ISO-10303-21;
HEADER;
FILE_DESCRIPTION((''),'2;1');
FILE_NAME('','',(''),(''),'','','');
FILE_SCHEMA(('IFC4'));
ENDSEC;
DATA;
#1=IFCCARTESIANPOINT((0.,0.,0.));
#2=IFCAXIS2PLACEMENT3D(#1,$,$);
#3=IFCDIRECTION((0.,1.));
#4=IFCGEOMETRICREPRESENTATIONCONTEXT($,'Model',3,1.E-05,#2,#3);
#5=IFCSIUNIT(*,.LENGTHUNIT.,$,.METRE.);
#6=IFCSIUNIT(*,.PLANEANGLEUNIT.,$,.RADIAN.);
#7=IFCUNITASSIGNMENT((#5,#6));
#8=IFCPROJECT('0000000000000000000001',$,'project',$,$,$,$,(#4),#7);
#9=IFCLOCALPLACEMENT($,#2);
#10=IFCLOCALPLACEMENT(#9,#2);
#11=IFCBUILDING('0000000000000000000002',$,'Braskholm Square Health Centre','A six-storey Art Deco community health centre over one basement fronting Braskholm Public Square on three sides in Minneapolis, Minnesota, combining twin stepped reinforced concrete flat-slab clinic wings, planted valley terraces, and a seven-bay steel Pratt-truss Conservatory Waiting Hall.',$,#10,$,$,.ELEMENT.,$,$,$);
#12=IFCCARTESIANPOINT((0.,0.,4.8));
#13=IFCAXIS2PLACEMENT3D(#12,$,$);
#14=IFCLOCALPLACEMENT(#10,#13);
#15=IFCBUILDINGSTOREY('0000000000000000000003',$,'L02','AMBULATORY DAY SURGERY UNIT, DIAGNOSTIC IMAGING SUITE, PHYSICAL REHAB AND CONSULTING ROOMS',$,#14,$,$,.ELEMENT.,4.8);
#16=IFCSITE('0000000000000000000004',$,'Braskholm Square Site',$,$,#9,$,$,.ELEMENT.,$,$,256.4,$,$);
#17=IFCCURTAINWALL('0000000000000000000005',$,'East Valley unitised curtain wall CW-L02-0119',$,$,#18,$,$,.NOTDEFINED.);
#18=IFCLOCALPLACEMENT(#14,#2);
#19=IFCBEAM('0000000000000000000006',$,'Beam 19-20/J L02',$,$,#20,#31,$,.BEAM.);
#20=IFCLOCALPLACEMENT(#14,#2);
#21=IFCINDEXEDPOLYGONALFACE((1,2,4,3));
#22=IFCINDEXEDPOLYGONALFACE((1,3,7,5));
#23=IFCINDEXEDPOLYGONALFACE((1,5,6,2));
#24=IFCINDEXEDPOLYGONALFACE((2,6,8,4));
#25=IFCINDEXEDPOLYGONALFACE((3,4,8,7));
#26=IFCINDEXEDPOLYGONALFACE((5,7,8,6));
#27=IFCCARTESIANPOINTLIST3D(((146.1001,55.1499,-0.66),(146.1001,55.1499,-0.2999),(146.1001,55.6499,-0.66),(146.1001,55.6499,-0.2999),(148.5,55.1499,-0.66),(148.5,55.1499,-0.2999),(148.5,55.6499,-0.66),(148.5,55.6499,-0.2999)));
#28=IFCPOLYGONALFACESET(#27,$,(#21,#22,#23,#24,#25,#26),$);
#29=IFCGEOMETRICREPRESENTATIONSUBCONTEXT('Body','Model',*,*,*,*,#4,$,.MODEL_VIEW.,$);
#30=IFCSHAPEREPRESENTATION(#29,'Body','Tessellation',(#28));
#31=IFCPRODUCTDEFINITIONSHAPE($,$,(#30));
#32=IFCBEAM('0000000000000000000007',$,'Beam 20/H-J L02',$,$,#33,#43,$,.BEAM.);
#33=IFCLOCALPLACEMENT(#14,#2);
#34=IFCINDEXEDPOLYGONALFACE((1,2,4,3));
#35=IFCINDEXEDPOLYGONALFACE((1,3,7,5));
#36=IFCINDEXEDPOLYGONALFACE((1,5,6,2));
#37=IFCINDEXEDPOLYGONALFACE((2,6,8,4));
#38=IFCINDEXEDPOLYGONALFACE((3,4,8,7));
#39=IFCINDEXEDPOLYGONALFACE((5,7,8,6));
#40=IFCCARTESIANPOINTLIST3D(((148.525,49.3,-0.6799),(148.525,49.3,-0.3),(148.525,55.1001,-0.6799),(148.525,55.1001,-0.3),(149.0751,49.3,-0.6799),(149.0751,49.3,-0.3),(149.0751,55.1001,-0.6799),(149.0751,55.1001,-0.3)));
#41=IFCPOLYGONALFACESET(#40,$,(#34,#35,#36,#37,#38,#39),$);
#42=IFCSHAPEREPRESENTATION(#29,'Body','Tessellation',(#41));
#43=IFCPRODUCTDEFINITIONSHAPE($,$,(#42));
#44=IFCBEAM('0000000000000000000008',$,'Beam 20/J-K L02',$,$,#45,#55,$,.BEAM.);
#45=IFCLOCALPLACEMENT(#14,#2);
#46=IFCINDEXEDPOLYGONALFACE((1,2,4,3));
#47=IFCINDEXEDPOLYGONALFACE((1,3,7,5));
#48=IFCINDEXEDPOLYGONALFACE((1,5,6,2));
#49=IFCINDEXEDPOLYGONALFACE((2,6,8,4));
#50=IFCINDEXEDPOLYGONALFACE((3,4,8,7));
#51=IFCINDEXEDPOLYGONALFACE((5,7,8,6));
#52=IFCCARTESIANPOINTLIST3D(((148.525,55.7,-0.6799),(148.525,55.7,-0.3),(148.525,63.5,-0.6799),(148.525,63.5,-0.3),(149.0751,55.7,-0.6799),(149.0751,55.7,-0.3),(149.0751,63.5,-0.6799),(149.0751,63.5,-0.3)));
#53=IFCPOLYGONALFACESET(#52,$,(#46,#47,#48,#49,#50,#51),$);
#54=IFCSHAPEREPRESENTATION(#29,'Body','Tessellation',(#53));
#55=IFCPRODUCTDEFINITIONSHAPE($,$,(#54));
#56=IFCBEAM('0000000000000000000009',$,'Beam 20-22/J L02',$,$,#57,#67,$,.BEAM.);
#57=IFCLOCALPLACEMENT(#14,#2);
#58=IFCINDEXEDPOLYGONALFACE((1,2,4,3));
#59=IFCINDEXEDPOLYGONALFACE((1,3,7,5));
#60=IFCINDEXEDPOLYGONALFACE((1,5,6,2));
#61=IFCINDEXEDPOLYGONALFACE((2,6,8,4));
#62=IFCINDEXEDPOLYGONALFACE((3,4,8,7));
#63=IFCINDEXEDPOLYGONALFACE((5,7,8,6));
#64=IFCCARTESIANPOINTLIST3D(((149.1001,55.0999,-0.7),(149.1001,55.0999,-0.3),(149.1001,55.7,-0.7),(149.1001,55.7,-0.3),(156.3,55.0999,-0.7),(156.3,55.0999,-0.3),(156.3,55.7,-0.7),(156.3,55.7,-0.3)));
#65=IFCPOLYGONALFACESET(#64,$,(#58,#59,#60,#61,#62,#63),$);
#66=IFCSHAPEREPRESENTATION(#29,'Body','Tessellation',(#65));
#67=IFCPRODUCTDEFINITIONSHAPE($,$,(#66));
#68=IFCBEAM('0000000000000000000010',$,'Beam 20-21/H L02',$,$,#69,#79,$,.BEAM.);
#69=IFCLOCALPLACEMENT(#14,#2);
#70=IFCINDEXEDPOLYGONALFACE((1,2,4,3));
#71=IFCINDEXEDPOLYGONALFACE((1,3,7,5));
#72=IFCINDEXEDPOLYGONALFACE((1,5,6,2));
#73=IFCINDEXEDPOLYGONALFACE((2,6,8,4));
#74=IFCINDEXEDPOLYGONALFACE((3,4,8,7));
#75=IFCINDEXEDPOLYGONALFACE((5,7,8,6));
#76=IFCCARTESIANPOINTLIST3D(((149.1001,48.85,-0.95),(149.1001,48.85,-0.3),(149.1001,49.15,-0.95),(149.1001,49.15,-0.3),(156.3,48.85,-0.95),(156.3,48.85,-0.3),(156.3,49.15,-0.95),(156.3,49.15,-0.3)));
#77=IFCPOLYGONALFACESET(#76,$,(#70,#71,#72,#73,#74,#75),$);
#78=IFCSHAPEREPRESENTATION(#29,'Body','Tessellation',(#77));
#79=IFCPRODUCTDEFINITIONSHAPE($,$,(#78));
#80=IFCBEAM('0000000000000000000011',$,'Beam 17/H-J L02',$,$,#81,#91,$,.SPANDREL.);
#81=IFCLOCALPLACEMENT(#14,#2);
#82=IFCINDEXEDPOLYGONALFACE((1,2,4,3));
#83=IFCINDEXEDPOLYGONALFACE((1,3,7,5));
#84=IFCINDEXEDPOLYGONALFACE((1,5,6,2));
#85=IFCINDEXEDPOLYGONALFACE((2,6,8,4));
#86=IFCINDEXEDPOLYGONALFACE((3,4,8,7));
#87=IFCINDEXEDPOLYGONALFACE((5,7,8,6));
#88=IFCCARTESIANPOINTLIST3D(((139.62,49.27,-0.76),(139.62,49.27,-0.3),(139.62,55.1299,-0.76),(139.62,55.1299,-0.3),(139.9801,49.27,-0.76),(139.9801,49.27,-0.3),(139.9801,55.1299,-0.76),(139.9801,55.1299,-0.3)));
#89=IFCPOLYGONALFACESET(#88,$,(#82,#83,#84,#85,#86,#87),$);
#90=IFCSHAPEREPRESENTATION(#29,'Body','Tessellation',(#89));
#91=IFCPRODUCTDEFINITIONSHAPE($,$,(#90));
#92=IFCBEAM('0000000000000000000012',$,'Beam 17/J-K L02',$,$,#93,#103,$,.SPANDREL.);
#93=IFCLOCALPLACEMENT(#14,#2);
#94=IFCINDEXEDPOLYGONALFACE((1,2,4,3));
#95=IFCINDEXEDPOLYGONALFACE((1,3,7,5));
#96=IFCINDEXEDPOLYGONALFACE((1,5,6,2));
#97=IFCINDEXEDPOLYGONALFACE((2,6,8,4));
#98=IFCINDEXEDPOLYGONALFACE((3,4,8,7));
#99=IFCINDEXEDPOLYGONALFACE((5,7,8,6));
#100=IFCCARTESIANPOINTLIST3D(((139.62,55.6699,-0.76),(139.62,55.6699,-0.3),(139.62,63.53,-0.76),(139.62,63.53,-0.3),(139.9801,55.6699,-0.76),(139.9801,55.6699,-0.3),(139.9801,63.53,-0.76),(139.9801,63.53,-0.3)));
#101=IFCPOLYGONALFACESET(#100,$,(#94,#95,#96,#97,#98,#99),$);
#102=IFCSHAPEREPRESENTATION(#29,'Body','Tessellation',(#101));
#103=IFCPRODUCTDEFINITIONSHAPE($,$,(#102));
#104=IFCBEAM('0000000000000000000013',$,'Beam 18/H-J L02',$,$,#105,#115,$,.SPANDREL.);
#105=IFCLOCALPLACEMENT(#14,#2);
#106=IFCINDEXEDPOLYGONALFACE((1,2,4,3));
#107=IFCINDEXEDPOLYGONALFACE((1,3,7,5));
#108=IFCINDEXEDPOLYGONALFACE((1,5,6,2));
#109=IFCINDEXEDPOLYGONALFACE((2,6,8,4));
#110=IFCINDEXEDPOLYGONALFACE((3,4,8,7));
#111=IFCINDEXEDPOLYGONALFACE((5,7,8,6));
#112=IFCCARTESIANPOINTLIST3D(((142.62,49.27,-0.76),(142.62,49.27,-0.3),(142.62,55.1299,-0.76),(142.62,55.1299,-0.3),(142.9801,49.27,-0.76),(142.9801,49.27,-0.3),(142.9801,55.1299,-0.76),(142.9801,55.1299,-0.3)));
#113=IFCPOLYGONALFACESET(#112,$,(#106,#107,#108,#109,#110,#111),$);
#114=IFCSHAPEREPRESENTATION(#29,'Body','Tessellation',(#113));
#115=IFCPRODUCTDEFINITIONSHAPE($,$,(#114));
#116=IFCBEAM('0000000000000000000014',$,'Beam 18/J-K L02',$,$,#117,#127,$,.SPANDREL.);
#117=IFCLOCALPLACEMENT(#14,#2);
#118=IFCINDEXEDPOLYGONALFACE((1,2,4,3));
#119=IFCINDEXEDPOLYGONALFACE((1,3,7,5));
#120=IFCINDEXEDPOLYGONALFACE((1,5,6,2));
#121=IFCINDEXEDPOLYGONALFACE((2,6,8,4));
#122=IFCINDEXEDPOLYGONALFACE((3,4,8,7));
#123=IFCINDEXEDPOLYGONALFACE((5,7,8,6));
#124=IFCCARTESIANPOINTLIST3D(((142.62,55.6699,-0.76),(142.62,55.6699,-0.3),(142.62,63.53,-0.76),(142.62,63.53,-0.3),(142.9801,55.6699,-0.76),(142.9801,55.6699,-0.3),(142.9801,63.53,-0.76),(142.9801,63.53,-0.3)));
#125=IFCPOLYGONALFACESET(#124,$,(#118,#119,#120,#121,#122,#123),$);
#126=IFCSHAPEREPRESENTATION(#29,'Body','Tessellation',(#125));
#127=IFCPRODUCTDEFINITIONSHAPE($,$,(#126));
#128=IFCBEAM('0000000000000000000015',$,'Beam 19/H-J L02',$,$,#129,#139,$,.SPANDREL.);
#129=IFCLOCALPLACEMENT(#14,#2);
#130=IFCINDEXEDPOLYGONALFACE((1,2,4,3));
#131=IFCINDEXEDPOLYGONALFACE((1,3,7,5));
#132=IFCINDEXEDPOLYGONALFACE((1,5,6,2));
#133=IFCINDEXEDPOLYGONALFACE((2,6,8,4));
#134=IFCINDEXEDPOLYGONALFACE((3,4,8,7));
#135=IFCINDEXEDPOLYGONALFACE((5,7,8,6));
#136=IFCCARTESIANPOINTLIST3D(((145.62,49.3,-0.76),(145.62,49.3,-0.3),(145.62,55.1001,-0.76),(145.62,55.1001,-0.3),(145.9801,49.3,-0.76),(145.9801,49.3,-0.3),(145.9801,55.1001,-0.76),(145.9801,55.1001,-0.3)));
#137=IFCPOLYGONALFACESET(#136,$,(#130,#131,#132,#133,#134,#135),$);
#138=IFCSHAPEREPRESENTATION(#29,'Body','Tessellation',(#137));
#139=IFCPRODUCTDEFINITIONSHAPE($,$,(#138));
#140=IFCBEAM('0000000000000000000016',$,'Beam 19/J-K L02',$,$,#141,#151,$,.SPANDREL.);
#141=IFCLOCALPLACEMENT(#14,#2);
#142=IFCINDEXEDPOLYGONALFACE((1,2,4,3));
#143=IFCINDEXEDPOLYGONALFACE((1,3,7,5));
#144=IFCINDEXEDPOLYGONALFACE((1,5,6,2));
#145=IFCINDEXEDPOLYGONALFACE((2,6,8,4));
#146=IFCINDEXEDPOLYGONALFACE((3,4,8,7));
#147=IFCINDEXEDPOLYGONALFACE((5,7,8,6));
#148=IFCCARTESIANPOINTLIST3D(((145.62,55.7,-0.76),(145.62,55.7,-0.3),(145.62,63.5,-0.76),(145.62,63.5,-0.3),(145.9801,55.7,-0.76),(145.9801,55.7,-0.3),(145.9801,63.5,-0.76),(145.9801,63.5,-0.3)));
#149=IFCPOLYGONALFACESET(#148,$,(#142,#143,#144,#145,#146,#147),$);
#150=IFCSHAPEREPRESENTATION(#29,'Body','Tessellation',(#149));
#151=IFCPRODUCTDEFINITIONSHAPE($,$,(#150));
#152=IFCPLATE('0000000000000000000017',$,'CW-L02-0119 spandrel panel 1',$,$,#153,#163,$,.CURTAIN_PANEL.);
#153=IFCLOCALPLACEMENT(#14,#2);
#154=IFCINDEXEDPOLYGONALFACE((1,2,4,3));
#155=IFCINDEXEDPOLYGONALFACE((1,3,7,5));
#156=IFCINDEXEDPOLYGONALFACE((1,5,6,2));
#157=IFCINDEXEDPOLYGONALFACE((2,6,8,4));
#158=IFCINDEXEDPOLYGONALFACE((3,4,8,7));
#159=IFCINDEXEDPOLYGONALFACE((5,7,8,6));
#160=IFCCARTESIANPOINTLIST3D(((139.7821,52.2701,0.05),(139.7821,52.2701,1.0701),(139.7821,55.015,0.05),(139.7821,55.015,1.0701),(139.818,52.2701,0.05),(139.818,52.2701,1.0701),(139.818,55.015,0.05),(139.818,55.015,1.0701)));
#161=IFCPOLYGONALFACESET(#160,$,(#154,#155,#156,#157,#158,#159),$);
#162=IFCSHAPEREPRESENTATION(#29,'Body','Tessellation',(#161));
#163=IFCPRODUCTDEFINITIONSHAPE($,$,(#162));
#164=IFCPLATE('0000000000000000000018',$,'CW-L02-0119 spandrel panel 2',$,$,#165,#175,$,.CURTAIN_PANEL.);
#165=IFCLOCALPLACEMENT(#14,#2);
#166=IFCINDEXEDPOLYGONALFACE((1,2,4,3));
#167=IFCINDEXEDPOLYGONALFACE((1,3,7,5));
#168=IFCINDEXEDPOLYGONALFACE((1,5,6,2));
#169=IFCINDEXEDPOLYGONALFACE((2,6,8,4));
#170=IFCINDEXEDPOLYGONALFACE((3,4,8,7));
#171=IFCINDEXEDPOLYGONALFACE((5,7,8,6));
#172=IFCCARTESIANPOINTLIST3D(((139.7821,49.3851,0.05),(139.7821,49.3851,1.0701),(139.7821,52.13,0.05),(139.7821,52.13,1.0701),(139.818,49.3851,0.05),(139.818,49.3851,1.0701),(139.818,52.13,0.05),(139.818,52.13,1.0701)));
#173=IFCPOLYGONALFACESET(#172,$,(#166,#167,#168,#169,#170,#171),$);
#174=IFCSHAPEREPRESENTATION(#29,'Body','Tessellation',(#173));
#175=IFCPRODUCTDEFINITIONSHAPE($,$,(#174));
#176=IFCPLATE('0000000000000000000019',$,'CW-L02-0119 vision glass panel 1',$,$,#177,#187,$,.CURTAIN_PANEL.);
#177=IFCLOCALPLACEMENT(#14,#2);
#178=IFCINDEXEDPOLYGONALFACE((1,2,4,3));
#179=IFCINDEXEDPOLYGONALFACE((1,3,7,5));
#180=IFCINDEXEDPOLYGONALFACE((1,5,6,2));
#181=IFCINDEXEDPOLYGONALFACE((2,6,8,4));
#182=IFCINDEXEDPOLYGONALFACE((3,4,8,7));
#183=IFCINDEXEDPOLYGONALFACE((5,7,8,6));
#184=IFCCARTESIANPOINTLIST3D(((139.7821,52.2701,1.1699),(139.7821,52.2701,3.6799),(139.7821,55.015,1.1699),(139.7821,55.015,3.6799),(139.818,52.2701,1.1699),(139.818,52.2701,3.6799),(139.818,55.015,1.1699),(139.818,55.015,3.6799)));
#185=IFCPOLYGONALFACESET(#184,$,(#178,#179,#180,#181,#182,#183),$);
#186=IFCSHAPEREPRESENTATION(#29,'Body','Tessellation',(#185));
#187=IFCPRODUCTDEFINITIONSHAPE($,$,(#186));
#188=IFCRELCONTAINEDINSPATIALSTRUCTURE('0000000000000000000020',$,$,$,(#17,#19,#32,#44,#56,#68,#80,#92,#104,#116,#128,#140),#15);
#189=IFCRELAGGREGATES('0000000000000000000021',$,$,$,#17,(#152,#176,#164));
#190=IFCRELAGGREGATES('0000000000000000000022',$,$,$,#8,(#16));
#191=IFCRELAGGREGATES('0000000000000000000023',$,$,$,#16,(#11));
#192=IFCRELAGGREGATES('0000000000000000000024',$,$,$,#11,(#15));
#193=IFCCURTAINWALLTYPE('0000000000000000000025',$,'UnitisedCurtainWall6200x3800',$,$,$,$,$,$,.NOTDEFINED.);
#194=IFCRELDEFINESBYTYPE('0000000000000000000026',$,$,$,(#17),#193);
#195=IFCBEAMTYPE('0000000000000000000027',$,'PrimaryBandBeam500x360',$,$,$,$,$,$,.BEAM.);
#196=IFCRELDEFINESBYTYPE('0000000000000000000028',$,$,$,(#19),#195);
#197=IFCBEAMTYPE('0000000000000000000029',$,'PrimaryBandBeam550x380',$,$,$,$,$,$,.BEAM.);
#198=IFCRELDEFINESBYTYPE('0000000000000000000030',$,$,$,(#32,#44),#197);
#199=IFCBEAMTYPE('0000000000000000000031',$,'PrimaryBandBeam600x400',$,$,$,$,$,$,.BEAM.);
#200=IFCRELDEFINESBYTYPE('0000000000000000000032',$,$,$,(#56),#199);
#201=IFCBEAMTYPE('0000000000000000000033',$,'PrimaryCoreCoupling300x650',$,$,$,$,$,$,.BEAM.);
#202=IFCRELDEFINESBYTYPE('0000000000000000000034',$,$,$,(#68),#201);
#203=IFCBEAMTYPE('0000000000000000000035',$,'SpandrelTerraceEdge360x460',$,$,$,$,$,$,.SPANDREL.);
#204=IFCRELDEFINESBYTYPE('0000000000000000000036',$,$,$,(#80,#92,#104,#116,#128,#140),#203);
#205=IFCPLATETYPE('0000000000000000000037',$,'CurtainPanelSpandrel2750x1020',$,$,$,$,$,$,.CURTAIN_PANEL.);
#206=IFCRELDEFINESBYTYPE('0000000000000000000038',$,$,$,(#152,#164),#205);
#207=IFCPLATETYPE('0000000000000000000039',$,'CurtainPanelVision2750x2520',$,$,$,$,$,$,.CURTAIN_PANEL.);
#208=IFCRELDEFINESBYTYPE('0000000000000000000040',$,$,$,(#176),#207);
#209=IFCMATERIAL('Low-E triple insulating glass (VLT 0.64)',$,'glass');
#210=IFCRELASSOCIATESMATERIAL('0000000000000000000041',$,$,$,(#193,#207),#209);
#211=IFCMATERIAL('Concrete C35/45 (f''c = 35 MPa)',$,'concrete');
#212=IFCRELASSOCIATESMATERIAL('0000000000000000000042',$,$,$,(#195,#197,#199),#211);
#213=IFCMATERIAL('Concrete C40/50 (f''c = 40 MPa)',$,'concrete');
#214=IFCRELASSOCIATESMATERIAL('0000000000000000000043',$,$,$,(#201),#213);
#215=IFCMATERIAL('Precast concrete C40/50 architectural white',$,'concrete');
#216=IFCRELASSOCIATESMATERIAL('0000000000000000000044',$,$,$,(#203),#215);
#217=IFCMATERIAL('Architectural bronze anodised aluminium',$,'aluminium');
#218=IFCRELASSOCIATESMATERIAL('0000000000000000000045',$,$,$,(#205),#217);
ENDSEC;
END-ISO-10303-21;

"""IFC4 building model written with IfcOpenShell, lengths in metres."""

from ifc_helpers import new_model, si_unit, direction, frame, origin, origin_2d, place, context, subcontext, project, spatial, rectangle, extrude, material, material_profile, profile_set, type_object, element, aggregate, save


model = new_model("IFC4")

# Units and contexts
model_context = context("Model", 3, precision=1e-05, world=origin(), true_north=direction((0.0, 1.0)))
body_context = subcontext(model_context, "Body", "Model", "MODEL_VIEW")
ifc_project = project(units=[si_unit("LENGTHUNIT", "METRE"), si_unit("PLANEANGLEUNIT", "RADIAN")], contexts=[model_context])

# Site, building, storey
site_placement = place(None, origin())
site = spatial("IfcSite", under=ifc_project, at=site_placement, Name="Braskholm Square Site", CompositionType="ELEMENT", RefElevation=256.4)
building_placement = place(site_placement, origin())
building = spatial("IfcBuilding", under=site, at=building_placement, Name="Braskholm Square Health Centre", Description="A six-storey Art Deco community health centre over one basement fronting Braskholm Public Square on three sides in Minneapolis, Minnesota, combining twin stepped reinforced concrete flat-slab clinic wings, planted valley terraces, and a seven-bay steel Pratt-truss Conservatory Waiting Hall.", CompositionType="ELEMENT")
storey_placement = place(building_placement, frame((0.0, 0.0, 4.8)))
storey = spatial("IfcBuildingStorey", under=building, at=storey_placement, Name="L02", Description="AMBULATORY DAY SURGERY UNIT, DIAGNOSTIC IMAGING SUITE, PHYSICAL REHAB AND CONSULTING ROOMS", CompositionType="ELEMENT", Elevation=4.8)

# Shared definitions
ifc_material_1 = material(Name="Concrete C40/50 (f'c = 40 MPa)", Category="concrete")
ifc_material_2 = material(Name="Precast concrete C40/50 architectural white", Category="concrete")

# Curtain wall
ifc_material_3 = material(Name="Low-E triple insulating glass (VLT 0.64)", Category="glass")
curtain_wall_type = type_object("IfcCurtainWallType", Name="UnitisedCurtainWall6200x3800", PredefinedType="NOTDEFINED", material=ifc_material_3)
curtain_wall_placement = place(storey_placement, origin())
curtain_wall = element("IfcCurtainWall", 1, at=curtain_wall_placement, inside=storey, type_object=curtain_wall_type, Name="East Valley unitised curtain wall CW-L02-0119", PredefinedType="NOTDEFINED")
ifc_material_4 = material(Name="Architectural bronze anodised aluminium", Category="aluminium")

# Beams
ifc_material_5 = material(Name="Concrete C35/45 (f'c = 35 MPa)", Category="concrete")
ifc_material_profile_1 = material_profile(ifc_material_5, rectangle(XDim=0.5, YDim=0.3601, at=origin_2d()), Name="RCB-500X360")
ifc_profile_set_1 = profile_set([ifc_material_profile_1], Name="Concrete C35/45 (f'c = 35 MPa)")
beam_type_1 = type_object("IfcBeamType", Name="PrimaryBandBeam500x360", PredefinedType="BEAM", material=ifc_profile_set_1)
beam_1_placement = place(storey_placement, frame((146.1001, 55.3999, -0.48), z_axis=(1.0, 0.0, 0.0), x_axis=(0.0, 1.0, 0.0)))
element("IfcBeam", 2, at=beam_1_placement, inside=storey, type_object=beam_type_1, Name="Beam 19-20/J L02", PredefinedType="BEAM", context=body_context, shape_type="SweptSolid", body=[
    extrude(rectangle(XDim=0.5, YDim=0.3601, at=origin_2d()), origin(), (0.0, 0.0, 1.0), 2.3999),
])
ifc_material_profile_2 = material_profile(ifc_material_5, rectangle(XDim=0.55, YDim=0.3799, at=origin_2d()), Name="RCB-550X380")
ifc_profile_set_2 = profile_set([ifc_material_profile_2], Name="Concrete C35/45 (f'c = 35 MPa)")
beam_type_2 = type_object("IfcBeamType", Name="PrimaryBandBeam550x380", PredefinedType="BEAM", material=ifc_profile_set_2)
beam_2_placement = place(storey_placement, frame((148.8, 49.3, -0.49), z_axis=(0.0, 1.0, 0.0), x_axis=(-1.0, 0.0, 0.0)))
element("IfcBeam", 3, at=beam_2_placement, inside=storey, type_object=beam_type_2, Name="Beam 20/H-J L02", PredefinedType="BEAM", context=body_context, shape_type="SweptSolid", body=[
    extrude(rectangle(XDim=0.55, YDim=0.3799, at=origin_2d()), origin(), (0.0, 0.0, 1.0), 5.8),
])
beam_3_placement = place(storey_placement, frame((148.8, 55.7, -0.49), z_axis=(0.0, 1.0, 0.0), x_axis=(-1.0, 0.0, 0.0)))
element("IfcBeam", 4, at=beam_3_placement, inside=storey, type_object=beam_type_2, Name="Beam 20/J-K L02", PredefinedType="BEAM", context=body_context, shape_type="SweptSolid", body=[
    extrude(rectangle(XDim=0.55, YDim=0.3799, at=origin_2d()), origin(), (0.0, 0.0, 1.0), 7.8),
])
ifc_material_profile_3 = material_profile(ifc_material_5, rectangle(XDim=0.6001, YDim=0.3999, at=origin_2d()), Name="RCB-600X400")
ifc_profile_set_3 = profile_set([ifc_material_profile_3], Name="Concrete C35/45 (f'c = 35 MPa)")
beam_type_3 = type_object("IfcBeamType", Name="PrimaryBandBeam600x400", PredefinedType="BEAM", material=ifc_profile_set_3)
beam_4_placement = place(storey_placement, frame((149.1001, 55.3999, -0.5), z_axis=(1.0, 0.0, 0.0), x_axis=(0.0, 1.0, 0.0)))
element("IfcBeam", 5, at=beam_4_placement, inside=storey, type_object=beam_type_3, Name="Beam 20-22/J L02", PredefinedType="BEAM", context=body_context, shape_type="SweptSolid", body=[
    extrude(rectangle(XDim=0.6001, YDim=0.3999, at=origin_2d()), origin(), (0.0, 0.0, 1.0), 7.2),
])
ifc_material_profile_4 = material_profile(ifc_material_1, rectangle(XDim=0.3, YDim=0.6499, at=origin_2d()), Name="RCB-300X650")
ifc_profile_set_4 = profile_set([ifc_material_profile_4], Name="Concrete C40/50 (f'c = 40 MPa)")
beam_type_4 = type_object("IfcBeamType", Name="PrimaryCoreCoupling300x650", PredefinedType="BEAM", material=ifc_profile_set_4)
beam_5_placement = place(storey_placement, frame((149.1001, 49.0, -0.625), z_axis=(1.0, 0.0, 0.0), x_axis=(0.0, 1.0, 0.0)))
element("IfcBeam", 6, at=beam_5_placement, inside=storey, type_object=beam_type_4, Name="Beam 20-21/H L02", PredefinedType="BEAM", context=body_context, shape_type="SweptSolid", body=[
    extrude(rectangle(XDim=0.3, YDim=0.6499, at=origin_2d()), origin(), (0.0, 0.0, 1.0), 7.2),
])
ifc_material_profile_5 = material_profile(ifc_material_2, rectangle(XDim=0.3601, YDim=0.46, at=origin_2d()), Name="RCB-360X460")
ifc_profile_set_5 = profile_set([ifc_material_profile_5], Name="Precast concrete C40/50 architectural white")
beam_type_5 = type_object("IfcBeamType", Name="SpandrelTerraceEdge360x460", PredefinedType="SPANDREL", material=ifc_profile_set_5)
beam_6_placement = place(storey_placement, frame((139.8, 49.27, -0.53), z_axis=(0.0, 1.0, 0.0), x_axis=(-1.0, 0.0, 0.0)))
element("IfcBeam", 7, at=beam_6_placement, inside=storey, type_object=beam_type_5, Name="Beam 17/H-J L02", PredefinedType="SPANDREL", context=body_context, shape_type="SweptSolid", body=[
    extrude(rectangle(XDim=0.3601, YDim=0.46, at=origin_2d()), origin(), (0.0, 0.0, 1.0), 5.8599),
])
beam_7_placement = place(storey_placement, frame((139.8, 55.6699, -0.53), z_axis=(0.0, 1.0, 0.0), x_axis=(-1.0, 0.0, 0.0)))
element("IfcBeam", 8, at=beam_7_placement, inside=storey, type_object=beam_type_5, Name="Beam 17/J-K L02", PredefinedType="SPANDREL", context=body_context, shape_type="SweptSolid", body=[
    extrude(rectangle(XDim=0.3601, YDim=0.46, at=origin_2d()), origin(), (0.0, 0.0, 1.0), 7.8601),
])
beam_8_placement = place(storey_placement, frame((142.8, 49.27, -0.53), z_axis=(0.0, 1.0, 0.0), x_axis=(-1.0, 0.0, 0.0)))
element("IfcBeam", 9, at=beam_8_placement, inside=storey, type_object=beam_type_5, Name="Beam 18/H-J L02", PredefinedType="SPANDREL", context=body_context, shape_type="SweptSolid", body=[
    extrude(rectangle(XDim=0.3601, YDim=0.46, at=origin_2d()), origin(), (0.0, 0.0, 1.0), 5.8599),
])
beam_9_placement = place(storey_placement, frame((142.8, 55.6699, -0.53), z_axis=(0.0, 1.0, 0.0), x_axis=(-1.0, 0.0, 0.0)))
element("IfcBeam", 10, at=beam_9_placement, inside=storey, type_object=beam_type_5, Name="Beam 18/J-K L02", PredefinedType="SPANDREL", context=body_context, shape_type="SweptSolid", body=[
    extrude(rectangle(XDim=0.3601, YDim=0.46, at=origin_2d()), origin(), (0.0, 0.0, 1.0), 7.8601),
])
beam_10_placement = place(storey_placement, frame((145.8, 49.3, -0.53), z_axis=(0.0, 1.0, 0.0), x_axis=(-1.0, 0.0, 0.0)))
element("IfcBeam", 11, at=beam_10_placement, inside=storey, type_object=beam_type_5, Name="Beam 19/H-J L02", PredefinedType="SPANDREL", context=body_context, shape_type="SweptSolid", body=[
    extrude(rectangle(XDim=0.3601, YDim=0.46, at=origin_2d()), origin(), (0.0, 0.0, 1.0), 5.8),
])
beam_11_placement = place(storey_placement, frame((145.8, 55.7, -0.53), z_axis=(0.0, 1.0, 0.0), x_axis=(-1.0, 0.0, 0.0)))
element("IfcBeam", 12, at=beam_11_placement, inside=storey, type_object=beam_type_5, Name="Beam 19/J-K L02", PredefinedType="SPANDREL", context=body_context, shape_type="SweptSolid", body=[
    extrude(rectangle(XDim=0.3601, YDim=0.46, at=origin_2d()), origin(), (0.0, 0.0, 1.0), 7.8),
])

# Plates
plate_type_1 = type_object("IfcPlateType", Name="CurtainPanelSpandrel2750x1020", PredefinedType="CURTAIN_PANEL", material=ifc_material_4)
plate_1_placement = place(storey_placement, frame((139.8, 53.6426, 0.05), z_axis=(0.0, 0.0, 1.0), x_axis=(0.0, -1.0, 0.0)))
plate_1 = element("IfcPlate", 13, at=plate_1_placement, type_object=plate_type_1, Name="CW-L02-0119 spandrel panel 1", PredefinedType="CURTAIN_PANEL", context=body_context, shape_type="SweptSolid", body=[
    extrude(rectangle(XDim=2.7449, YDim=0.0359, at=origin_2d()), origin(), (0.0, 0.0, 1.0), 1.02),
])
plate_2_placement = place(storey_placement, frame((139.8, 50.7576, 0.05), z_axis=(0.0, 0.0, 1.0), x_axis=(0.0, -1.0, 0.0)))
plate_2 = element("IfcPlate", 14, at=plate_2_placement, type_object=plate_type_1, Name="CW-L02-0119 spandrel panel 2", PredefinedType="CURTAIN_PANEL", context=body_context, shape_type="SweptSolid", body=[
    extrude(rectangle(XDim=2.7449, YDim=0.0359, at=origin_2d()), origin(), (0.0, 0.0, 1.0), 1.02),
])
plate_type_2 = type_object("IfcPlateType", Name="CurtainPanelVision2750x2520", PredefinedType="CURTAIN_PANEL", material=ifc_material_3)
plate_3_placement = place(storey_placement, frame((139.8, 53.6426, 1.1699), z_axis=(0.0, 0.0, 1.0), x_axis=(0.0, -1.0, 0.0)))
plate_3 = element("IfcPlate", 15, at=plate_3_placement, type_object=plate_type_2, Name="CW-L02-0119 vision glass panel 1", PredefinedType="CURTAIN_PANEL", context=body_context, shape_type="SweptSolid", body=[
    extrude(rectangle(XDim=2.7449, YDim=0.0359, at=origin_2d()), origin(), (0.0, 0.0, 1.0), 2.51),
])
aggregate(curtain_wall, [plate_1, plate_3, plate_2])

save(model, "model.ifc")
